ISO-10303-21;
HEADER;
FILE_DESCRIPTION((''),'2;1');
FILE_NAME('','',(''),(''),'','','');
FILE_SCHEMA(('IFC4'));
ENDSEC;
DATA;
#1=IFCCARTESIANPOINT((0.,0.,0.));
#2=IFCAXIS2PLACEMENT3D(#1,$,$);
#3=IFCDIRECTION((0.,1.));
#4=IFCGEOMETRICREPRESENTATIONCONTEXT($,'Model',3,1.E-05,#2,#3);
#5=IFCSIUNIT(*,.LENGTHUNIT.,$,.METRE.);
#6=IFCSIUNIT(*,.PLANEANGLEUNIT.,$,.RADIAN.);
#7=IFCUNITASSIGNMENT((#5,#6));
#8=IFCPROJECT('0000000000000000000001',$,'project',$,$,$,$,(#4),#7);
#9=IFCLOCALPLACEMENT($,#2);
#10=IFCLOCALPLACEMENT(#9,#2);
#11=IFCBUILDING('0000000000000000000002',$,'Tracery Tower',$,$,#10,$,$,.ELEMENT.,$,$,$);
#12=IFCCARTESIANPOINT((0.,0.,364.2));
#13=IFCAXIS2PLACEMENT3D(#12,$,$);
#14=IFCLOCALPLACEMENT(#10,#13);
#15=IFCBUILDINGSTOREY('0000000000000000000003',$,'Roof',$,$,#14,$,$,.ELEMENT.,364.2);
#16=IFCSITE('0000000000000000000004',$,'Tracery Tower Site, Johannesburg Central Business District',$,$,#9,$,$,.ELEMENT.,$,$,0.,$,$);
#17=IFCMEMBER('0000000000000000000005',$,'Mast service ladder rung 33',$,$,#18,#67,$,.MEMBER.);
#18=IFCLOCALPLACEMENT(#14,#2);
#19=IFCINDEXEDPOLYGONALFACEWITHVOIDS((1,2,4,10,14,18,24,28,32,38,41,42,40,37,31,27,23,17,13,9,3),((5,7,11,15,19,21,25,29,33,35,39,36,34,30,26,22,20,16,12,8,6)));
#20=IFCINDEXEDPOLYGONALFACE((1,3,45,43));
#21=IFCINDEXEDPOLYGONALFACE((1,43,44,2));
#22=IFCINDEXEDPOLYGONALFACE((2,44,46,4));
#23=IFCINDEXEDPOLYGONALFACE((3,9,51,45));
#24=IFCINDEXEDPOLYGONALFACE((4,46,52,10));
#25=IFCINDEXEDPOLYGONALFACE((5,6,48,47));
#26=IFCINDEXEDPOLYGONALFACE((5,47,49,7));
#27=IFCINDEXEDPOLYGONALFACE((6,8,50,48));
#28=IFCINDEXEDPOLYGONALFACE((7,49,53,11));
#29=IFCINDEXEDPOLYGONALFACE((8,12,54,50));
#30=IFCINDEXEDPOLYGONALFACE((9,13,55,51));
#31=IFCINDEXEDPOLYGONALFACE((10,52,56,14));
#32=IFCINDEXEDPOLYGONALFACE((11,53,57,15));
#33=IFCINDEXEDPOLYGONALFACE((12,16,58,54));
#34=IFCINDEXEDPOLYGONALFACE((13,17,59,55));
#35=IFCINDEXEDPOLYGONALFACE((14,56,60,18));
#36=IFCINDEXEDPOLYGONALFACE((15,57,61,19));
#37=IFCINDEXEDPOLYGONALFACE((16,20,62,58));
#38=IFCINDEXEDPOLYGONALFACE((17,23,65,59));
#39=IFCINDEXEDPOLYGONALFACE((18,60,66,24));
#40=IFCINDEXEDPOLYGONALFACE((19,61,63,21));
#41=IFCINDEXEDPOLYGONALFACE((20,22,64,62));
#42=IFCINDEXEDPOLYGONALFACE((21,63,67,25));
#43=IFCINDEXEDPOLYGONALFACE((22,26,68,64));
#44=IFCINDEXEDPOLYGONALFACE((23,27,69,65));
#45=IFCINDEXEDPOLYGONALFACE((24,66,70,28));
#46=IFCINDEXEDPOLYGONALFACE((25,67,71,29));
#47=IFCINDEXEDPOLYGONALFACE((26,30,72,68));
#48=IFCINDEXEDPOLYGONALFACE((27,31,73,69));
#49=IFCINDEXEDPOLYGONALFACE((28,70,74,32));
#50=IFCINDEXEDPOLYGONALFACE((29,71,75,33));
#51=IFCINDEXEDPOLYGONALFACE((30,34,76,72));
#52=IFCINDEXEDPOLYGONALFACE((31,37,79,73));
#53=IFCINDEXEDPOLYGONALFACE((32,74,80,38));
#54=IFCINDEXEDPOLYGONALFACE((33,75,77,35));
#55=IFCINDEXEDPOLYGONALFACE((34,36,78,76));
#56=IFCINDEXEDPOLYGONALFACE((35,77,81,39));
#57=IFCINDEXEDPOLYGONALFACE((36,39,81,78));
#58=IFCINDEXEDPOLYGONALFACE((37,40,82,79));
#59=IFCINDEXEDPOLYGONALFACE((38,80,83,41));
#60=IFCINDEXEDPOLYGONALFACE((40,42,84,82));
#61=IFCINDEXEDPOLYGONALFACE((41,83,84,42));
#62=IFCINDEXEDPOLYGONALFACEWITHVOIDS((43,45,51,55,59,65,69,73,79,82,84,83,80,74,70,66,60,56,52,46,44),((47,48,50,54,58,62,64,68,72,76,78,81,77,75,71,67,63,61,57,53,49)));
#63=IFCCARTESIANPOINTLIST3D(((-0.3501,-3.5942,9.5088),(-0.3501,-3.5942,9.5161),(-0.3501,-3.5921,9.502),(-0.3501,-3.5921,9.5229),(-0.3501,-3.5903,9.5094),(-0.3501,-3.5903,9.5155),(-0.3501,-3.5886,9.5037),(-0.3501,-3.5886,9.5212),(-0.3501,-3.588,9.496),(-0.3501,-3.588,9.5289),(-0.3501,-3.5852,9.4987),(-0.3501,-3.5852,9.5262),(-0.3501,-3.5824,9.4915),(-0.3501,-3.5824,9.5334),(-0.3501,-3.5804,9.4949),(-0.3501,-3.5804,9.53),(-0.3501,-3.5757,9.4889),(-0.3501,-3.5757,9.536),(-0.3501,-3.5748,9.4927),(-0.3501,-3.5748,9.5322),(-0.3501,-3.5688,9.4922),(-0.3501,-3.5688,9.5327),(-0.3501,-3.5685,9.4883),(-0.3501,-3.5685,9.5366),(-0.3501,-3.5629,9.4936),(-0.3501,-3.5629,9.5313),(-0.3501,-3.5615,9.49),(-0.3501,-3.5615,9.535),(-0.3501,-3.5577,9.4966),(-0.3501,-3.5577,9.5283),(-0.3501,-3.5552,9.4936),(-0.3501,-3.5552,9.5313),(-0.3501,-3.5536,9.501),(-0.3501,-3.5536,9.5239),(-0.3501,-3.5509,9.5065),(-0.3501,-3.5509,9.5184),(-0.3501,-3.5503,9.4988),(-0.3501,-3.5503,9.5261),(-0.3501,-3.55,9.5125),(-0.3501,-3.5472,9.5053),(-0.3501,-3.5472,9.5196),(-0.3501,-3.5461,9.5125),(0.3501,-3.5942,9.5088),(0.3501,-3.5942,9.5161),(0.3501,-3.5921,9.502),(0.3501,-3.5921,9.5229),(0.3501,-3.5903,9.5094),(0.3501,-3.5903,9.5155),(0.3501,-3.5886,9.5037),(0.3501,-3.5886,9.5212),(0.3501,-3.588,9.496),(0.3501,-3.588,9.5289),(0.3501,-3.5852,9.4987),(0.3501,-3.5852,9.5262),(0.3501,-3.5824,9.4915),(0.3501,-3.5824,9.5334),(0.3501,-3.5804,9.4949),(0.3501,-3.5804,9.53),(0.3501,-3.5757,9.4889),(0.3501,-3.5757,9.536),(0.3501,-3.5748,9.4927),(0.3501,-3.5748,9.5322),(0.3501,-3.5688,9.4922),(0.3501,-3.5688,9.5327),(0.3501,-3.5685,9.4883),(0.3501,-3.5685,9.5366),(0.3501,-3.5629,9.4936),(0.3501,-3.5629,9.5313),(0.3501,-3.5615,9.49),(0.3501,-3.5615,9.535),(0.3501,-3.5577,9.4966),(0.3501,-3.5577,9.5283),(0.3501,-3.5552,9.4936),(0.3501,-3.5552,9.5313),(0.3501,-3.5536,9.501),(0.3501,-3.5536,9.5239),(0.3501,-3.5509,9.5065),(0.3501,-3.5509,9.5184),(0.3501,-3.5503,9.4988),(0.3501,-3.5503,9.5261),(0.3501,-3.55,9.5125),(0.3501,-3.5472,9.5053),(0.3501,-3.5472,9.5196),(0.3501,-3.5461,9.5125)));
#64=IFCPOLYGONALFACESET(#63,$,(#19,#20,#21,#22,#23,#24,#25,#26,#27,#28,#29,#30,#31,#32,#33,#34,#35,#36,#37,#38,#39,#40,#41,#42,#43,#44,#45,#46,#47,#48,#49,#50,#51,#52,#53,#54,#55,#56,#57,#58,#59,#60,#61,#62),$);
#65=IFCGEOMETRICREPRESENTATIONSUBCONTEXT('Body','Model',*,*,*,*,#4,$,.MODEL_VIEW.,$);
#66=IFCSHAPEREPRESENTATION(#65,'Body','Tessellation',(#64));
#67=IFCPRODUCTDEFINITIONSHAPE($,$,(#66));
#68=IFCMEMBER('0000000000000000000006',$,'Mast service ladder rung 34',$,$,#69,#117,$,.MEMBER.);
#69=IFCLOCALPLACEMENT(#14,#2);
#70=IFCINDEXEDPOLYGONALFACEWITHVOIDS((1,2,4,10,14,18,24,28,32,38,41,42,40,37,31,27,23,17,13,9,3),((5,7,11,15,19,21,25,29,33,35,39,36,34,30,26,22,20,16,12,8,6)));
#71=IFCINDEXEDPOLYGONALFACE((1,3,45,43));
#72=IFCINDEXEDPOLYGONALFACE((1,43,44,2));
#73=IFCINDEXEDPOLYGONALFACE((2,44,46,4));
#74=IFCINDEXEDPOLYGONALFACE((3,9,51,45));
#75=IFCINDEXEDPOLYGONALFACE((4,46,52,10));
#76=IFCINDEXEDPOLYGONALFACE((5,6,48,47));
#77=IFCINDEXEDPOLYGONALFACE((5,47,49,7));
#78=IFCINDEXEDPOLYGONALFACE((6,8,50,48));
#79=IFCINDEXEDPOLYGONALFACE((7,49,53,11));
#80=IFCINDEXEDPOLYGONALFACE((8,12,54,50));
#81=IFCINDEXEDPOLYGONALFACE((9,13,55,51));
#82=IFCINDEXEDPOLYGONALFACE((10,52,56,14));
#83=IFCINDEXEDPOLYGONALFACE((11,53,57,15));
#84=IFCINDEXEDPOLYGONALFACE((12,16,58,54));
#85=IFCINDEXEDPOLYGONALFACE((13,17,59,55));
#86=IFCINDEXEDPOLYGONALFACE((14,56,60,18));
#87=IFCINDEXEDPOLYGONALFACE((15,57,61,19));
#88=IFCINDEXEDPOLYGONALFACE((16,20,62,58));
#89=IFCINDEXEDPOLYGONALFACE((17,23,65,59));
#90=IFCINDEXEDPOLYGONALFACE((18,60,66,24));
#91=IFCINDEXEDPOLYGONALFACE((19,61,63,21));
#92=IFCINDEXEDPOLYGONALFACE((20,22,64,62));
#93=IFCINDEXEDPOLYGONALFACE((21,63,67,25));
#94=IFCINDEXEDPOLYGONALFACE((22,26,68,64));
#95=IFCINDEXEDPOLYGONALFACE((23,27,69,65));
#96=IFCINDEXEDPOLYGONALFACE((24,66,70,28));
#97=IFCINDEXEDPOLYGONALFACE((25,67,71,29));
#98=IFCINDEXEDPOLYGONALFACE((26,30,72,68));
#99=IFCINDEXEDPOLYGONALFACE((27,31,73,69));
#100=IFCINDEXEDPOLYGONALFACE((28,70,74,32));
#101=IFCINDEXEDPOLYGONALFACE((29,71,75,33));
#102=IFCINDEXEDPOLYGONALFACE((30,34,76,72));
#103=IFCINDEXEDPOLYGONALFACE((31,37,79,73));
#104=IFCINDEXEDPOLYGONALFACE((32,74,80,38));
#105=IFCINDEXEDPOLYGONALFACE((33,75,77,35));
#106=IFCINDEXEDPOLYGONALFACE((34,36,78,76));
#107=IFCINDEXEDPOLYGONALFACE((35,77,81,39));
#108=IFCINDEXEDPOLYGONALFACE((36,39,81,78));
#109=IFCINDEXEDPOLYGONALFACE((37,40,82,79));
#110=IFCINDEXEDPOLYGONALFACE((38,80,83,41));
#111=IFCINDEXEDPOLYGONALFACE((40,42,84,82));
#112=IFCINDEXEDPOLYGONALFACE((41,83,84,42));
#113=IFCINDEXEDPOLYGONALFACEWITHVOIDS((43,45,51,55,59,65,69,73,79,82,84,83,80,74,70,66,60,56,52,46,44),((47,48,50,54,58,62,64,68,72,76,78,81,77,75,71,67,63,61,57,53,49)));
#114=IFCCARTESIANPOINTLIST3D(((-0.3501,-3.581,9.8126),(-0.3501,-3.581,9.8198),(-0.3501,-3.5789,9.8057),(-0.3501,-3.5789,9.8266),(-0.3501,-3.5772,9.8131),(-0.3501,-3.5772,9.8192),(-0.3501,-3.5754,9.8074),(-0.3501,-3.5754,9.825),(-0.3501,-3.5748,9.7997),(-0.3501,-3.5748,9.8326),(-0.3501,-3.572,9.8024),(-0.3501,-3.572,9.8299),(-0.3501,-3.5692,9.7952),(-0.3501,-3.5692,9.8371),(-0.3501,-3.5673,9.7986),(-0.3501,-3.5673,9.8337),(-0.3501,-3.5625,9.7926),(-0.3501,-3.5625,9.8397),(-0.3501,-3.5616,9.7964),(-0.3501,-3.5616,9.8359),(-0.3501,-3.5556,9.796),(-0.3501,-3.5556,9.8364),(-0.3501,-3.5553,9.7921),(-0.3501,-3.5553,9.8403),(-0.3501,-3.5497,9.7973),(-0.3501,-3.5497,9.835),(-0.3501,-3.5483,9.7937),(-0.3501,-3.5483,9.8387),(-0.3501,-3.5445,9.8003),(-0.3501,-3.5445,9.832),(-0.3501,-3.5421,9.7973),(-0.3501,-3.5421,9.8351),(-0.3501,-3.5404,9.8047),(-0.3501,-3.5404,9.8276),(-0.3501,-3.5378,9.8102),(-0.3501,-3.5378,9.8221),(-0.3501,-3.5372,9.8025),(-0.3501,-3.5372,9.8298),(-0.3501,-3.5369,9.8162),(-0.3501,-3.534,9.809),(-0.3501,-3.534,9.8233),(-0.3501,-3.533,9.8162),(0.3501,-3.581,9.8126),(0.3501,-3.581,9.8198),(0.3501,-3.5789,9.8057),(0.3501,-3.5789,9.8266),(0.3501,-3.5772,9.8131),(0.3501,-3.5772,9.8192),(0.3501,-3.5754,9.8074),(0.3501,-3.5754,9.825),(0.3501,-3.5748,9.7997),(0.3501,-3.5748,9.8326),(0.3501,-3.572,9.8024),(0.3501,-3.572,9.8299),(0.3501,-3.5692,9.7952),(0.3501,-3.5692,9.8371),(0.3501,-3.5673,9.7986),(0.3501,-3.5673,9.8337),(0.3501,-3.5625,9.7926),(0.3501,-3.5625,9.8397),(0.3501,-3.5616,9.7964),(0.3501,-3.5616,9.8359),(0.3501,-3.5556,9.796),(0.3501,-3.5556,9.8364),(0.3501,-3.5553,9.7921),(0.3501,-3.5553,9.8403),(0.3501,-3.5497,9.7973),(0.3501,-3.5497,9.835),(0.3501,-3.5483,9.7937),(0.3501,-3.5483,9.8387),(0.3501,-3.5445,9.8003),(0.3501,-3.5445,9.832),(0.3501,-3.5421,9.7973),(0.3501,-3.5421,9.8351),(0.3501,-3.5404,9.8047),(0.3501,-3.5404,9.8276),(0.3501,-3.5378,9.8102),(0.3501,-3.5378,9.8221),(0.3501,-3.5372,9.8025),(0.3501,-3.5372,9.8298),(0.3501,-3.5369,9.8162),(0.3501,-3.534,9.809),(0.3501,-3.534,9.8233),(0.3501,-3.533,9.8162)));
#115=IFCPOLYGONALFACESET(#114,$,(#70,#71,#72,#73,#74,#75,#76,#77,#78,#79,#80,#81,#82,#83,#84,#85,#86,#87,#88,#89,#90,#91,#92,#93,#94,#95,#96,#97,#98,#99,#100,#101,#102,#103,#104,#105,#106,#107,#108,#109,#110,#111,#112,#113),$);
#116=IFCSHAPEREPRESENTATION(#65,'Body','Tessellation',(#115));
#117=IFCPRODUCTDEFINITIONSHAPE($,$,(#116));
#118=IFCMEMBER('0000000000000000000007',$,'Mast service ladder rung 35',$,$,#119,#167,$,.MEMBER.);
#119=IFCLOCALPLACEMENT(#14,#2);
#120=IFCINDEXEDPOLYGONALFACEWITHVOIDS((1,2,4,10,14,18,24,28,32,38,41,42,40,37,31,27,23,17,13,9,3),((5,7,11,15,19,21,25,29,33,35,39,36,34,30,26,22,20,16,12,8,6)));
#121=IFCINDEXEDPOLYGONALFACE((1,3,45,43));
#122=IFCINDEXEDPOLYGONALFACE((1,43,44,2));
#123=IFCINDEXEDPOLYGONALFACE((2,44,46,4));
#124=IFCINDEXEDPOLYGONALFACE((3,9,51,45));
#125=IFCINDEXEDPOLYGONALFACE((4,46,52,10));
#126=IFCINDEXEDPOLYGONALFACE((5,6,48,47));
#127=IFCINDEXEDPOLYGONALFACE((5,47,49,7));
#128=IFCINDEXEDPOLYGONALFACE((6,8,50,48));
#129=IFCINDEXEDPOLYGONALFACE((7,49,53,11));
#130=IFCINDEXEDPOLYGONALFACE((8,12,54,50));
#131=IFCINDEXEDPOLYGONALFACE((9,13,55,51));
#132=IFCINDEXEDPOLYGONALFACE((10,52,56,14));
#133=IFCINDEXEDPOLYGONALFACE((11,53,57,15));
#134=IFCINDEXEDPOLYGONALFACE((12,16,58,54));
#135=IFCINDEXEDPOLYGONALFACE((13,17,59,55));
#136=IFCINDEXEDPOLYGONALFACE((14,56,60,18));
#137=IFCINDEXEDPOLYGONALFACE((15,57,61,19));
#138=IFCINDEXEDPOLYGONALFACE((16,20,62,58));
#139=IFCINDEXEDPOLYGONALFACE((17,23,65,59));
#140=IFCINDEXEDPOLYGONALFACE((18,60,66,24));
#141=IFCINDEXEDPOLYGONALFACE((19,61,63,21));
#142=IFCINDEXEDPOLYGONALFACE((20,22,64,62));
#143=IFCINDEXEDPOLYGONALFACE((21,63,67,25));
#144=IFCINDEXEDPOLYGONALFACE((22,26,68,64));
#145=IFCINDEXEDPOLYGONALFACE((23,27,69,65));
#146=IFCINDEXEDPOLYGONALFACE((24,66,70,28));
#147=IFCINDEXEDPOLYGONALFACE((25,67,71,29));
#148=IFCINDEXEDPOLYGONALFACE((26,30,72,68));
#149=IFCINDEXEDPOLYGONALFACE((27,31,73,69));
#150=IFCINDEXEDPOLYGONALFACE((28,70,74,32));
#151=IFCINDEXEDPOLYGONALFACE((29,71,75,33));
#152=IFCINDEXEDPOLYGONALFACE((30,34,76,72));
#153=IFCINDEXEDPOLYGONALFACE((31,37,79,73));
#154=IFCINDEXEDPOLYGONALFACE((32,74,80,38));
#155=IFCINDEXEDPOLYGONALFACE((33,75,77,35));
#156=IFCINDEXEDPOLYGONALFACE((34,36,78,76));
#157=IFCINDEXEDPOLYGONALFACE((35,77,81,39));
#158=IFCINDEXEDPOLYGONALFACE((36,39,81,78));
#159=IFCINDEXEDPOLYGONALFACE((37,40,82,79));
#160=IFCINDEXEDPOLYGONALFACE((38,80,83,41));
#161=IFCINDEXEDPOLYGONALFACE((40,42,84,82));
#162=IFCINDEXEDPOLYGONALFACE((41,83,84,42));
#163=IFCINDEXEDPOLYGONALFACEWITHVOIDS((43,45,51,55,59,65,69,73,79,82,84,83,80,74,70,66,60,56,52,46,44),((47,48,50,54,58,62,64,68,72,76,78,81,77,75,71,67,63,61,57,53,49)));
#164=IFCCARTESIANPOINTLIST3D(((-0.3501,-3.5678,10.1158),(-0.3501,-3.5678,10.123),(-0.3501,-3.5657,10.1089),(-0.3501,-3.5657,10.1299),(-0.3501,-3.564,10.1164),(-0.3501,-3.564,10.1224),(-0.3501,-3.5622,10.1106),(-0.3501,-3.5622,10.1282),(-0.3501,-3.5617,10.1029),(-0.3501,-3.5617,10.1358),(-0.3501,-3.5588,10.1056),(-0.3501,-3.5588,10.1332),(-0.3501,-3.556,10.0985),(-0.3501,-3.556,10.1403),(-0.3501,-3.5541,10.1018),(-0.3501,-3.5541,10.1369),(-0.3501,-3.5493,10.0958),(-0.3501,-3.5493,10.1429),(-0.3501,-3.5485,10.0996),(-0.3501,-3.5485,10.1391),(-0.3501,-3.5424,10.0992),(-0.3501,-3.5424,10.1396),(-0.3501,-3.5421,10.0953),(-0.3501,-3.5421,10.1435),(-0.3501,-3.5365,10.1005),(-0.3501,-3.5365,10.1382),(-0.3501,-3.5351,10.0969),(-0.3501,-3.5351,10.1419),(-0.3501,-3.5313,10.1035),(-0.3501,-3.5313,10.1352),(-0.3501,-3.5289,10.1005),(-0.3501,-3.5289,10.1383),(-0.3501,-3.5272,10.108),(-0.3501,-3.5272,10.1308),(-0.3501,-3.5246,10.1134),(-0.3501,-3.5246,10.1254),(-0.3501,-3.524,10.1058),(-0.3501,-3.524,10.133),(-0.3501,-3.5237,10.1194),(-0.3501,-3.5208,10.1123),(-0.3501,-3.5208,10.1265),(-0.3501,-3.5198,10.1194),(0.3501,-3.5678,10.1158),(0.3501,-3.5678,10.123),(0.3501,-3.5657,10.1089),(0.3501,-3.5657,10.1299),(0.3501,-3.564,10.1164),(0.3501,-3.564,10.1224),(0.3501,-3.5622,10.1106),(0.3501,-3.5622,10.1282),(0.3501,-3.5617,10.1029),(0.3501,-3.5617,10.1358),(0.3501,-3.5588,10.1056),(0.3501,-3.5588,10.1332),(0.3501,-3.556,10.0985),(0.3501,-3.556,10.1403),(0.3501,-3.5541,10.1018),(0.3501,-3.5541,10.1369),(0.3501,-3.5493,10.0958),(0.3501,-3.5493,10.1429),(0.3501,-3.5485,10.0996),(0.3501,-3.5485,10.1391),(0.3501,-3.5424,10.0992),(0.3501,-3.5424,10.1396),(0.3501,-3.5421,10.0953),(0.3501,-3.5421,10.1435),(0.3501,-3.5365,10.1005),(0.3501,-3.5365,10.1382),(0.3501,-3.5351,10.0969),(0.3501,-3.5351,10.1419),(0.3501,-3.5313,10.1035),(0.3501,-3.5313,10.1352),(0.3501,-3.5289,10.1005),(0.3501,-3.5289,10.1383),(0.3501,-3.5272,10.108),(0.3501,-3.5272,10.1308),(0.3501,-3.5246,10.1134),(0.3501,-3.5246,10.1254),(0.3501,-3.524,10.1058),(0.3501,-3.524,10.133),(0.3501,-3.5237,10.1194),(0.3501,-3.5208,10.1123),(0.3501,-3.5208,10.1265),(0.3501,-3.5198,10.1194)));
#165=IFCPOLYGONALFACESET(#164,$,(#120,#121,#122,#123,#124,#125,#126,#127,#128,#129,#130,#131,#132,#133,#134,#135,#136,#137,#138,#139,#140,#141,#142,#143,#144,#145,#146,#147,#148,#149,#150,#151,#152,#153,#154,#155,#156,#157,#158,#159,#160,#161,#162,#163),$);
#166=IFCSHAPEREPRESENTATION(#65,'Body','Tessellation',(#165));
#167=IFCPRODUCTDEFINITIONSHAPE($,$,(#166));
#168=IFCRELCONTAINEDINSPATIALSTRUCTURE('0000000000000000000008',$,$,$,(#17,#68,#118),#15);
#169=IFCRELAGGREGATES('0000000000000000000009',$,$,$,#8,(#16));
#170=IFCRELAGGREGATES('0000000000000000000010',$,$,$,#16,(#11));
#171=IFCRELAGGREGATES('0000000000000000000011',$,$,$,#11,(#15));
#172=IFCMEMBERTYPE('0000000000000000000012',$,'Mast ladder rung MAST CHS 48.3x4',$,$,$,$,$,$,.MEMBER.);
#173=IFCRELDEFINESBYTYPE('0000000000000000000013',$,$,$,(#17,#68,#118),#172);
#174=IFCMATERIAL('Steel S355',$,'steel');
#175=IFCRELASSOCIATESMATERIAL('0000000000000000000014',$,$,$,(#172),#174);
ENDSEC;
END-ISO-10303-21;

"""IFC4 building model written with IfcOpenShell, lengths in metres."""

from ifc_helpers import new_model, si_unit, direction, frame, origin, origin_2d, place, context, subcontext, project, spatial, hollow_circle, extrude, material, material_profile, profile_set, type_object, element, save


model = new_model("IFC4")

# Units and contexts
model_context = context("Model", 3, precision=1e-05, world=origin(), true_north=direction((0.0, 1.0)))
body_context = subcontext(model_context, "Body", "Model", "MODEL_VIEW")
ifc_project = project(units=[si_unit("LENGTHUNIT", "METRE"), si_unit("PLANEANGLEUNIT", "RADIAN")], contexts=[model_context])

# Site, building, storey
site_placement = place(None, origin())
site = spatial("IfcSite", under=ifc_project, at=site_placement, Name="Tracery Tower Site, Johannesburg Central Business District", CompositionType="ELEMENT", RefElevation=0.0)
building_placement = place(site_placement, origin())
building = spatial("IfcBuilding", under=site, at=building_placement, Name="Tracery Tower", CompositionType="ELEMENT")
storey_placement = place(building_placement, frame((0.0, 0.0, 364.2)))
storey = spatial("IfcBuildingStorey", under=building, at=storey_placement, Name="Roof", CompositionType="ELEMENT", Elevation=364.2)

# Members
ifc_material_1 = material(Name="Steel S355", Category="steel")
ifc_material_profile_1 = material_profile(ifc_material_1, hollow_circle(Radius=0.0242, WallThickness=0.0039, at=origin_2d()), Name="CHS 48.3x4")
ifc_profile_set_1 = profile_set([ifc_material_profile_1], Name="Steel S355")
member_type_1 = type_object("IfcMemberType", Name="Mast ladder rung MAST CHS 48.3x4", PredefinedType="MEMBER", material=ifc_profile_set_1)
for number, where, z_axis, x_axis, name in (
    (1, (-0.3501, -3.5703, 9.5125), (1.0, 0.0, 0.0), (0.0, 1.0, 0.0), "Mast service ladder rung 33"),
    (2, (-0.3501, -3.5571, 9.8162), (1.0, 0.0, 0.0), (0.0, 1.0, 0.0), "Mast service ladder rung 34"),
    (3, (-0.3501, -3.5439, 10.1194), (1.0, 0.0, 0.0), (0.0, 1.0, 0.0), "Mast service ladder rung 35"),
):
    element("IfcMember", number, at=place(storey_placement, frame(where, z_axis=z_axis, x_axis=x_axis)), inside=storey, type_object=member_type_1, Name=name, PredefinedType="MEMBER", context=body_context, shape_type="SweptSolid", body=[
        extrude(hollow_circle(Radius=0.0242, WallThickness=0.0039, at=origin_2d()), origin(), (0.0, 0.0, 1.0), 0.7002),
    ])

save(model, "model.ifc")
